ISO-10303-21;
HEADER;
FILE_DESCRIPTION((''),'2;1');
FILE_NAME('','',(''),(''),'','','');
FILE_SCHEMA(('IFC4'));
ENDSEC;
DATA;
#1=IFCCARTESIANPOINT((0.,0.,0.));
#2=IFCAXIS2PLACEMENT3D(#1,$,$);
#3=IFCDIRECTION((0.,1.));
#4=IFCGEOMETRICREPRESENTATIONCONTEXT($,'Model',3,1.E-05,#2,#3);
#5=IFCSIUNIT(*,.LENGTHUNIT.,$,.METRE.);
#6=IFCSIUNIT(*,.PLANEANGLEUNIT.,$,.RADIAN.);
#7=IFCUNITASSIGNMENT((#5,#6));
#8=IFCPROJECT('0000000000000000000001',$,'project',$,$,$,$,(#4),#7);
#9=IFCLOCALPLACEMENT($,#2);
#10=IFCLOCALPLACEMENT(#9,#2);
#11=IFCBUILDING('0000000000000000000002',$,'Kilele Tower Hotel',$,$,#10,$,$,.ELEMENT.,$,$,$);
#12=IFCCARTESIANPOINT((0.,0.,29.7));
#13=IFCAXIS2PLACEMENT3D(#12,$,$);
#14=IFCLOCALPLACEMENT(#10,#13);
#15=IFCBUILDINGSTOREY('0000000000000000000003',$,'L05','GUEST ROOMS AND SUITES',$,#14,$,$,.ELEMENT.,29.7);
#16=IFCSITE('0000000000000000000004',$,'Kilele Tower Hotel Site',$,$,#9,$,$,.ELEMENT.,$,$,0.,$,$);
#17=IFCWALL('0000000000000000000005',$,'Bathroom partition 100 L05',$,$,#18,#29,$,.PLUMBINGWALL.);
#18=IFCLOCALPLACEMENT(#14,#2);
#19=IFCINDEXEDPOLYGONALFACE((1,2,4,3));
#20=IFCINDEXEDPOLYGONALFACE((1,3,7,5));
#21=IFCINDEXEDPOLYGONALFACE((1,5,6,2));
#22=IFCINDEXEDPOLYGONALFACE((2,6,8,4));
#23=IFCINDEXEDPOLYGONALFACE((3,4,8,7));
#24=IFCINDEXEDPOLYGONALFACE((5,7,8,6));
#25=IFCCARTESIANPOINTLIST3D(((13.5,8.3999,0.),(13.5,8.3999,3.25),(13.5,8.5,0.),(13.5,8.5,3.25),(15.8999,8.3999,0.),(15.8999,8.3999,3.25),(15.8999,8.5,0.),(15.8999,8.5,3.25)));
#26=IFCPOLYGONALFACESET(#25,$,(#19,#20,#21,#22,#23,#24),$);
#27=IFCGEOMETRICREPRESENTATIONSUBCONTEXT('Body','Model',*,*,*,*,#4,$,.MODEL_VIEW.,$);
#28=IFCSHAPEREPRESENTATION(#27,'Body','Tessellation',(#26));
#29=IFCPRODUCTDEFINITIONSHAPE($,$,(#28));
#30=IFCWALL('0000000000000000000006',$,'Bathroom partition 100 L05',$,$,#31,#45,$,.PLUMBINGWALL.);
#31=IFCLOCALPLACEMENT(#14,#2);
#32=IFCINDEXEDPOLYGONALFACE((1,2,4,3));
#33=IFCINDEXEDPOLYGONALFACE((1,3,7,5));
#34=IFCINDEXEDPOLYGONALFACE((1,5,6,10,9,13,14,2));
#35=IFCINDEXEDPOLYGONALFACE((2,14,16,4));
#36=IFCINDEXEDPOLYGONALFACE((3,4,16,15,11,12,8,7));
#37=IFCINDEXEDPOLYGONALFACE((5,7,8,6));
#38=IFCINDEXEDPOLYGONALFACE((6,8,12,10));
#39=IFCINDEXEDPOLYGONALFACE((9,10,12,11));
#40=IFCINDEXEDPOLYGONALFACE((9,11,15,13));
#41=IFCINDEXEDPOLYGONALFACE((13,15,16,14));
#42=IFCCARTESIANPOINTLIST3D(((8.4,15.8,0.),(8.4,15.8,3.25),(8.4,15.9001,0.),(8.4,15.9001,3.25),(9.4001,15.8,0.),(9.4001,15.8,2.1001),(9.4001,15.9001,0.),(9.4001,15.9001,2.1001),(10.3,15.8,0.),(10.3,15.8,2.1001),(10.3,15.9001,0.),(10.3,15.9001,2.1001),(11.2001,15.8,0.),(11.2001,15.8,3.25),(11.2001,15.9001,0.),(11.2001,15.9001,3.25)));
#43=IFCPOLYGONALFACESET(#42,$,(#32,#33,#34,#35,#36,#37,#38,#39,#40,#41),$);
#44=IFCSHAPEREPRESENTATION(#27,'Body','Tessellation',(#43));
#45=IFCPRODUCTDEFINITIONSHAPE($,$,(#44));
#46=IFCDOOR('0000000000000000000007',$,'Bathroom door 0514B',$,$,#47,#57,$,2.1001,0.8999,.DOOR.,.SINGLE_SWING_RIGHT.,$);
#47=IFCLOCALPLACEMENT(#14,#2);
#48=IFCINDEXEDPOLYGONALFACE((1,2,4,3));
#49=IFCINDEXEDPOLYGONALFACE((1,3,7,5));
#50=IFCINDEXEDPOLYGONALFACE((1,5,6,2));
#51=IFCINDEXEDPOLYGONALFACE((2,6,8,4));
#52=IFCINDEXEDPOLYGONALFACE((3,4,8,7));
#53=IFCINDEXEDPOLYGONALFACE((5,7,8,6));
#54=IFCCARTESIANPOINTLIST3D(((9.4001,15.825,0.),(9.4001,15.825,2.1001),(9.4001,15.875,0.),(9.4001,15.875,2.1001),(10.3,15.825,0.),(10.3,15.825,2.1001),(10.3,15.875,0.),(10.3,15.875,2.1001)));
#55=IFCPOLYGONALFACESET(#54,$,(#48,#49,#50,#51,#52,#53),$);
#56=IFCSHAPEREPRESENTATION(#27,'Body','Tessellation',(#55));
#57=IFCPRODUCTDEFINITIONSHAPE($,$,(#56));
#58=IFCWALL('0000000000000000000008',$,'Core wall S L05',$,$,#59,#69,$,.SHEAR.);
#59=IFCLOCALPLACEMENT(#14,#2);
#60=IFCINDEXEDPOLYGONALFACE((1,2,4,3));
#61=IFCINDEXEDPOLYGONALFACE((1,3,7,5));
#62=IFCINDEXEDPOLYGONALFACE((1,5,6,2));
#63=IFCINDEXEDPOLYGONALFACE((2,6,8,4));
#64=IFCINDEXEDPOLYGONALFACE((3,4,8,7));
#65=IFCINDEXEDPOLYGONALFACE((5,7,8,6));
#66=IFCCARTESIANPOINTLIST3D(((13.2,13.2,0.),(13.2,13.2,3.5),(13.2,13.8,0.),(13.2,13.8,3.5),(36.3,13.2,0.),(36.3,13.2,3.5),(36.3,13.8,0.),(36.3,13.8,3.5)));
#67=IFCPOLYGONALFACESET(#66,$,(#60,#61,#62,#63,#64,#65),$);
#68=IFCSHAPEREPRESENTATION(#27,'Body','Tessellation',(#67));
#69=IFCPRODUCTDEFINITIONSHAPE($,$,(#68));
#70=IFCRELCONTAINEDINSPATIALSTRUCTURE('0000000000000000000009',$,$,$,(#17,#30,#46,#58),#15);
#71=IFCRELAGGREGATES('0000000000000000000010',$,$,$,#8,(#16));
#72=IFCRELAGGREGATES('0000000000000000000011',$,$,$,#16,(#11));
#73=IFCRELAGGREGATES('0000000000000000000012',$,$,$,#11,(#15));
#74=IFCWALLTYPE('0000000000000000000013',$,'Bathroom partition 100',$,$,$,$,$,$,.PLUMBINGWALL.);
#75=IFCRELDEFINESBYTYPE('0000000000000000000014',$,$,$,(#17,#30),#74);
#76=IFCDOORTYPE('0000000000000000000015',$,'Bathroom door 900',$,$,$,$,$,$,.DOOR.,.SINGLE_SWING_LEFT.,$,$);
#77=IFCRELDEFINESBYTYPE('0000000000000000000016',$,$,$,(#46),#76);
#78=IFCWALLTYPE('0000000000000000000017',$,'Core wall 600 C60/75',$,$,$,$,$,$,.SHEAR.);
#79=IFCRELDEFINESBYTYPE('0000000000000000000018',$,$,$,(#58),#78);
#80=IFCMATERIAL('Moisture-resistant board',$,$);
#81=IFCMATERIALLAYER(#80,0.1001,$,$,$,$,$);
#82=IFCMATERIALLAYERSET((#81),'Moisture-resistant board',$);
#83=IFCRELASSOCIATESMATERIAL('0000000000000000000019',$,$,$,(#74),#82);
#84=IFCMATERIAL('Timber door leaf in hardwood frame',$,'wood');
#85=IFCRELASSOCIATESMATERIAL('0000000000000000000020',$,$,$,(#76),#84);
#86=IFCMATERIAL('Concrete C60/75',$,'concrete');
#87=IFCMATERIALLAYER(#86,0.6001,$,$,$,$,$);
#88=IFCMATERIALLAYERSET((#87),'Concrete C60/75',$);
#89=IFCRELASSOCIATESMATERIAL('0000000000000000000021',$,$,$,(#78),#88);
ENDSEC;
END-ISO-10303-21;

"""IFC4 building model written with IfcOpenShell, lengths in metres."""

from ifc_helpers import new_model, si_unit, direction, frame, frame_2d, origin, place, context, subcontext, project, spatial, rectangle, extrude, material, layer, layer_set, type_object, element, fill, save


model = new_model("IFC4")

# Units and contexts
model_context = context("Model", 3, precision=1e-05, world=origin(), true_north=direction((0.0, 1.0)))
body_context = subcontext(model_context, "Body", "Model", "MODEL_VIEW")
ifc_project = project(units=[si_unit("LENGTHUNIT", "METRE"), si_unit("PLANEANGLEUNIT", "RADIAN")], contexts=[model_context])

# Site, building, storey
site_placement = place(None, origin())
site = spatial("IfcSite", under=ifc_project, at=site_placement, Name="Kilele Tower Hotel Site", CompositionType="ELEMENT", RefElevation=0.0)
building_placement = place(site_placement, origin())
building = spatial("IfcBuilding", under=site, at=building_placement, Name="Kilele Tower Hotel", CompositionType="ELEMENT")
storey_placement = place(building_placement, frame((0.0, 0.0, 29.7)))
storey = spatial("IfcBuildingStorey", under=building, at=storey_placement, Name="L05", Description="GUEST ROOMS AND SUITES", CompositionType="ELEMENT", Elevation=29.7)

# Wall
ifc_material_1 = material(Name="Moisture-resistant board")
ifc_layer_1 = layer(ifc_material_1, 0.1001)
ifc_layer_set_1 = layer_set([ifc_layer_1], Name="Moisture-resistant board")
wall_type_1 = type_object("IfcWallType", Name="Bathroom partition 100", PredefinedType="PLUMBINGWALL", material=ifc_layer_set_1)
wall_1_placement = place(storey_placement, frame((13.5, 8.45, 0.0), z_axis=(0.0, 0.0, 1.0), x_axis=(1.0, 0.0, 0.0)))
element("IfcWall", 1, at=wall_1_placement, inside=storey, type_object=wall_type_1, Name="Bathroom partition 100 L05", PredefinedType="PLUMBINGWALL", context=body_context, shape_type="SweptSolid", body=[
    extrude(rectangle(XDim=2.3999, YDim=0.1001, at=frame_2d((1.2, 0.0))), origin(), (0.0, 0.0, 1.0), 3.25),
])

# Wall, opening, door
wall_2_placement = place(storey_placement, frame((11.2, 15.8501, 0.0), z_axis=(0.0, 0.0, 1.0), x_axis=(-1.0, 0.0, 0.0)))
wall_2 = element("IfcWall", 2, at=wall_2_placement, inside=storey, type_object=wall_type_1, Name="Bathroom partition 100 L05", PredefinedType="PLUMBINGWALL", context=body_context, shape_type="SweptSolid", body=[
    extrude(rectangle(XDim=2.8, YDim=0.1001, at=frame_2d((1.3999, 0.0))), origin(), (0.0, 0.0, 1.0), 3.25),
])
opening_1_placement = place(wall_2_placement, frame((1.7998, 0.0, 0.0), z_axis=(0.0, 0.0, 1.0), x_axis=(-1.0, 0.0, 0.0)))
opening_1 = element("IfcOpeningElement", 3, at=opening_1_placement, cuts=wall_2, PredefinedType="OPENING", context=body_context, shape_type="SweptSolid", body=[
    extrude(rectangle(XDim=0.8999, YDim=2.1001, at=frame_2d((0.45, 1.05))), frame((0.0, 0.0601, 0.0), z_axis=(0.0, -1.0, 0.0), x_axis=(1.0, 0.0, 0.0)), (0.0, 0.0, 1.0), 0.1201),
])
ifc_material_2 = material(Name="Timber door leaf in hardwood frame", Category="wood")
door_type_1 = type_object("IfcDoorType", Name="Bathroom door 900", OperationType="SINGLE_SWING_LEFT", PredefinedType="DOOR", material=ifc_material_2)
door_1_placement = place(opening_1_placement, origin())
door_1 = element("IfcDoor", 4, at=door_1_placement, inside=storey, type_object=door_type_1, Name="Bathroom door 0514B", OperationType="SINGLE_SWING_RIGHT", OverallHeight=2.1001, OverallWidth=0.8999, PredefinedType="DOOR", context=body_context, shape_type="SweptSolid", body=[
    extrude(rectangle(XDim=0.8999, YDim=2.1001, at=frame_2d((0.45, 1.05))), frame((0.0, 0.0249, 0.0), z_axis=(0.0, -1.0, 0.0), x_axis=(1.0, 0.0, 0.0)), (0.0, 0.0, 1.0), 0.05),
])
fill(opening_1, door_1)

# Wall
ifc_material_3 = material(Name="Concrete C60/75", Category="concrete")
ifc_layer_2 = layer(ifc_material_3, 0.6001)
ifc_layer_set_2 = layer_set([ifc_layer_2], Name="Concrete C60/75")
wall_type_2 = type_object("IfcWallType", Name="Core wall 600 C60/75", PredefinedType="SHEAR", material=ifc_layer_set_2)
wall_3_placement = place(storey_placement, frame((13.2, 13.5, 0.0), z_axis=(0.0, 0.0, 1.0), x_axis=(1.0, 0.0, 0.0)))
element("IfcWall", 5, at=wall_3_placement, inside=storey, type_object=wall_type_2, Name="Core wall S L05", PredefinedType="SHEAR", context=body_context, shape_type="SweptSolid", body=[
    extrude(rectangle(XDim=23.1001, YDim=0.6001, at=frame_2d((11.55, 0.0))), origin(), (0.0, 0.0, 1.0), 3.5),
])

save(model, "model.ifc")
